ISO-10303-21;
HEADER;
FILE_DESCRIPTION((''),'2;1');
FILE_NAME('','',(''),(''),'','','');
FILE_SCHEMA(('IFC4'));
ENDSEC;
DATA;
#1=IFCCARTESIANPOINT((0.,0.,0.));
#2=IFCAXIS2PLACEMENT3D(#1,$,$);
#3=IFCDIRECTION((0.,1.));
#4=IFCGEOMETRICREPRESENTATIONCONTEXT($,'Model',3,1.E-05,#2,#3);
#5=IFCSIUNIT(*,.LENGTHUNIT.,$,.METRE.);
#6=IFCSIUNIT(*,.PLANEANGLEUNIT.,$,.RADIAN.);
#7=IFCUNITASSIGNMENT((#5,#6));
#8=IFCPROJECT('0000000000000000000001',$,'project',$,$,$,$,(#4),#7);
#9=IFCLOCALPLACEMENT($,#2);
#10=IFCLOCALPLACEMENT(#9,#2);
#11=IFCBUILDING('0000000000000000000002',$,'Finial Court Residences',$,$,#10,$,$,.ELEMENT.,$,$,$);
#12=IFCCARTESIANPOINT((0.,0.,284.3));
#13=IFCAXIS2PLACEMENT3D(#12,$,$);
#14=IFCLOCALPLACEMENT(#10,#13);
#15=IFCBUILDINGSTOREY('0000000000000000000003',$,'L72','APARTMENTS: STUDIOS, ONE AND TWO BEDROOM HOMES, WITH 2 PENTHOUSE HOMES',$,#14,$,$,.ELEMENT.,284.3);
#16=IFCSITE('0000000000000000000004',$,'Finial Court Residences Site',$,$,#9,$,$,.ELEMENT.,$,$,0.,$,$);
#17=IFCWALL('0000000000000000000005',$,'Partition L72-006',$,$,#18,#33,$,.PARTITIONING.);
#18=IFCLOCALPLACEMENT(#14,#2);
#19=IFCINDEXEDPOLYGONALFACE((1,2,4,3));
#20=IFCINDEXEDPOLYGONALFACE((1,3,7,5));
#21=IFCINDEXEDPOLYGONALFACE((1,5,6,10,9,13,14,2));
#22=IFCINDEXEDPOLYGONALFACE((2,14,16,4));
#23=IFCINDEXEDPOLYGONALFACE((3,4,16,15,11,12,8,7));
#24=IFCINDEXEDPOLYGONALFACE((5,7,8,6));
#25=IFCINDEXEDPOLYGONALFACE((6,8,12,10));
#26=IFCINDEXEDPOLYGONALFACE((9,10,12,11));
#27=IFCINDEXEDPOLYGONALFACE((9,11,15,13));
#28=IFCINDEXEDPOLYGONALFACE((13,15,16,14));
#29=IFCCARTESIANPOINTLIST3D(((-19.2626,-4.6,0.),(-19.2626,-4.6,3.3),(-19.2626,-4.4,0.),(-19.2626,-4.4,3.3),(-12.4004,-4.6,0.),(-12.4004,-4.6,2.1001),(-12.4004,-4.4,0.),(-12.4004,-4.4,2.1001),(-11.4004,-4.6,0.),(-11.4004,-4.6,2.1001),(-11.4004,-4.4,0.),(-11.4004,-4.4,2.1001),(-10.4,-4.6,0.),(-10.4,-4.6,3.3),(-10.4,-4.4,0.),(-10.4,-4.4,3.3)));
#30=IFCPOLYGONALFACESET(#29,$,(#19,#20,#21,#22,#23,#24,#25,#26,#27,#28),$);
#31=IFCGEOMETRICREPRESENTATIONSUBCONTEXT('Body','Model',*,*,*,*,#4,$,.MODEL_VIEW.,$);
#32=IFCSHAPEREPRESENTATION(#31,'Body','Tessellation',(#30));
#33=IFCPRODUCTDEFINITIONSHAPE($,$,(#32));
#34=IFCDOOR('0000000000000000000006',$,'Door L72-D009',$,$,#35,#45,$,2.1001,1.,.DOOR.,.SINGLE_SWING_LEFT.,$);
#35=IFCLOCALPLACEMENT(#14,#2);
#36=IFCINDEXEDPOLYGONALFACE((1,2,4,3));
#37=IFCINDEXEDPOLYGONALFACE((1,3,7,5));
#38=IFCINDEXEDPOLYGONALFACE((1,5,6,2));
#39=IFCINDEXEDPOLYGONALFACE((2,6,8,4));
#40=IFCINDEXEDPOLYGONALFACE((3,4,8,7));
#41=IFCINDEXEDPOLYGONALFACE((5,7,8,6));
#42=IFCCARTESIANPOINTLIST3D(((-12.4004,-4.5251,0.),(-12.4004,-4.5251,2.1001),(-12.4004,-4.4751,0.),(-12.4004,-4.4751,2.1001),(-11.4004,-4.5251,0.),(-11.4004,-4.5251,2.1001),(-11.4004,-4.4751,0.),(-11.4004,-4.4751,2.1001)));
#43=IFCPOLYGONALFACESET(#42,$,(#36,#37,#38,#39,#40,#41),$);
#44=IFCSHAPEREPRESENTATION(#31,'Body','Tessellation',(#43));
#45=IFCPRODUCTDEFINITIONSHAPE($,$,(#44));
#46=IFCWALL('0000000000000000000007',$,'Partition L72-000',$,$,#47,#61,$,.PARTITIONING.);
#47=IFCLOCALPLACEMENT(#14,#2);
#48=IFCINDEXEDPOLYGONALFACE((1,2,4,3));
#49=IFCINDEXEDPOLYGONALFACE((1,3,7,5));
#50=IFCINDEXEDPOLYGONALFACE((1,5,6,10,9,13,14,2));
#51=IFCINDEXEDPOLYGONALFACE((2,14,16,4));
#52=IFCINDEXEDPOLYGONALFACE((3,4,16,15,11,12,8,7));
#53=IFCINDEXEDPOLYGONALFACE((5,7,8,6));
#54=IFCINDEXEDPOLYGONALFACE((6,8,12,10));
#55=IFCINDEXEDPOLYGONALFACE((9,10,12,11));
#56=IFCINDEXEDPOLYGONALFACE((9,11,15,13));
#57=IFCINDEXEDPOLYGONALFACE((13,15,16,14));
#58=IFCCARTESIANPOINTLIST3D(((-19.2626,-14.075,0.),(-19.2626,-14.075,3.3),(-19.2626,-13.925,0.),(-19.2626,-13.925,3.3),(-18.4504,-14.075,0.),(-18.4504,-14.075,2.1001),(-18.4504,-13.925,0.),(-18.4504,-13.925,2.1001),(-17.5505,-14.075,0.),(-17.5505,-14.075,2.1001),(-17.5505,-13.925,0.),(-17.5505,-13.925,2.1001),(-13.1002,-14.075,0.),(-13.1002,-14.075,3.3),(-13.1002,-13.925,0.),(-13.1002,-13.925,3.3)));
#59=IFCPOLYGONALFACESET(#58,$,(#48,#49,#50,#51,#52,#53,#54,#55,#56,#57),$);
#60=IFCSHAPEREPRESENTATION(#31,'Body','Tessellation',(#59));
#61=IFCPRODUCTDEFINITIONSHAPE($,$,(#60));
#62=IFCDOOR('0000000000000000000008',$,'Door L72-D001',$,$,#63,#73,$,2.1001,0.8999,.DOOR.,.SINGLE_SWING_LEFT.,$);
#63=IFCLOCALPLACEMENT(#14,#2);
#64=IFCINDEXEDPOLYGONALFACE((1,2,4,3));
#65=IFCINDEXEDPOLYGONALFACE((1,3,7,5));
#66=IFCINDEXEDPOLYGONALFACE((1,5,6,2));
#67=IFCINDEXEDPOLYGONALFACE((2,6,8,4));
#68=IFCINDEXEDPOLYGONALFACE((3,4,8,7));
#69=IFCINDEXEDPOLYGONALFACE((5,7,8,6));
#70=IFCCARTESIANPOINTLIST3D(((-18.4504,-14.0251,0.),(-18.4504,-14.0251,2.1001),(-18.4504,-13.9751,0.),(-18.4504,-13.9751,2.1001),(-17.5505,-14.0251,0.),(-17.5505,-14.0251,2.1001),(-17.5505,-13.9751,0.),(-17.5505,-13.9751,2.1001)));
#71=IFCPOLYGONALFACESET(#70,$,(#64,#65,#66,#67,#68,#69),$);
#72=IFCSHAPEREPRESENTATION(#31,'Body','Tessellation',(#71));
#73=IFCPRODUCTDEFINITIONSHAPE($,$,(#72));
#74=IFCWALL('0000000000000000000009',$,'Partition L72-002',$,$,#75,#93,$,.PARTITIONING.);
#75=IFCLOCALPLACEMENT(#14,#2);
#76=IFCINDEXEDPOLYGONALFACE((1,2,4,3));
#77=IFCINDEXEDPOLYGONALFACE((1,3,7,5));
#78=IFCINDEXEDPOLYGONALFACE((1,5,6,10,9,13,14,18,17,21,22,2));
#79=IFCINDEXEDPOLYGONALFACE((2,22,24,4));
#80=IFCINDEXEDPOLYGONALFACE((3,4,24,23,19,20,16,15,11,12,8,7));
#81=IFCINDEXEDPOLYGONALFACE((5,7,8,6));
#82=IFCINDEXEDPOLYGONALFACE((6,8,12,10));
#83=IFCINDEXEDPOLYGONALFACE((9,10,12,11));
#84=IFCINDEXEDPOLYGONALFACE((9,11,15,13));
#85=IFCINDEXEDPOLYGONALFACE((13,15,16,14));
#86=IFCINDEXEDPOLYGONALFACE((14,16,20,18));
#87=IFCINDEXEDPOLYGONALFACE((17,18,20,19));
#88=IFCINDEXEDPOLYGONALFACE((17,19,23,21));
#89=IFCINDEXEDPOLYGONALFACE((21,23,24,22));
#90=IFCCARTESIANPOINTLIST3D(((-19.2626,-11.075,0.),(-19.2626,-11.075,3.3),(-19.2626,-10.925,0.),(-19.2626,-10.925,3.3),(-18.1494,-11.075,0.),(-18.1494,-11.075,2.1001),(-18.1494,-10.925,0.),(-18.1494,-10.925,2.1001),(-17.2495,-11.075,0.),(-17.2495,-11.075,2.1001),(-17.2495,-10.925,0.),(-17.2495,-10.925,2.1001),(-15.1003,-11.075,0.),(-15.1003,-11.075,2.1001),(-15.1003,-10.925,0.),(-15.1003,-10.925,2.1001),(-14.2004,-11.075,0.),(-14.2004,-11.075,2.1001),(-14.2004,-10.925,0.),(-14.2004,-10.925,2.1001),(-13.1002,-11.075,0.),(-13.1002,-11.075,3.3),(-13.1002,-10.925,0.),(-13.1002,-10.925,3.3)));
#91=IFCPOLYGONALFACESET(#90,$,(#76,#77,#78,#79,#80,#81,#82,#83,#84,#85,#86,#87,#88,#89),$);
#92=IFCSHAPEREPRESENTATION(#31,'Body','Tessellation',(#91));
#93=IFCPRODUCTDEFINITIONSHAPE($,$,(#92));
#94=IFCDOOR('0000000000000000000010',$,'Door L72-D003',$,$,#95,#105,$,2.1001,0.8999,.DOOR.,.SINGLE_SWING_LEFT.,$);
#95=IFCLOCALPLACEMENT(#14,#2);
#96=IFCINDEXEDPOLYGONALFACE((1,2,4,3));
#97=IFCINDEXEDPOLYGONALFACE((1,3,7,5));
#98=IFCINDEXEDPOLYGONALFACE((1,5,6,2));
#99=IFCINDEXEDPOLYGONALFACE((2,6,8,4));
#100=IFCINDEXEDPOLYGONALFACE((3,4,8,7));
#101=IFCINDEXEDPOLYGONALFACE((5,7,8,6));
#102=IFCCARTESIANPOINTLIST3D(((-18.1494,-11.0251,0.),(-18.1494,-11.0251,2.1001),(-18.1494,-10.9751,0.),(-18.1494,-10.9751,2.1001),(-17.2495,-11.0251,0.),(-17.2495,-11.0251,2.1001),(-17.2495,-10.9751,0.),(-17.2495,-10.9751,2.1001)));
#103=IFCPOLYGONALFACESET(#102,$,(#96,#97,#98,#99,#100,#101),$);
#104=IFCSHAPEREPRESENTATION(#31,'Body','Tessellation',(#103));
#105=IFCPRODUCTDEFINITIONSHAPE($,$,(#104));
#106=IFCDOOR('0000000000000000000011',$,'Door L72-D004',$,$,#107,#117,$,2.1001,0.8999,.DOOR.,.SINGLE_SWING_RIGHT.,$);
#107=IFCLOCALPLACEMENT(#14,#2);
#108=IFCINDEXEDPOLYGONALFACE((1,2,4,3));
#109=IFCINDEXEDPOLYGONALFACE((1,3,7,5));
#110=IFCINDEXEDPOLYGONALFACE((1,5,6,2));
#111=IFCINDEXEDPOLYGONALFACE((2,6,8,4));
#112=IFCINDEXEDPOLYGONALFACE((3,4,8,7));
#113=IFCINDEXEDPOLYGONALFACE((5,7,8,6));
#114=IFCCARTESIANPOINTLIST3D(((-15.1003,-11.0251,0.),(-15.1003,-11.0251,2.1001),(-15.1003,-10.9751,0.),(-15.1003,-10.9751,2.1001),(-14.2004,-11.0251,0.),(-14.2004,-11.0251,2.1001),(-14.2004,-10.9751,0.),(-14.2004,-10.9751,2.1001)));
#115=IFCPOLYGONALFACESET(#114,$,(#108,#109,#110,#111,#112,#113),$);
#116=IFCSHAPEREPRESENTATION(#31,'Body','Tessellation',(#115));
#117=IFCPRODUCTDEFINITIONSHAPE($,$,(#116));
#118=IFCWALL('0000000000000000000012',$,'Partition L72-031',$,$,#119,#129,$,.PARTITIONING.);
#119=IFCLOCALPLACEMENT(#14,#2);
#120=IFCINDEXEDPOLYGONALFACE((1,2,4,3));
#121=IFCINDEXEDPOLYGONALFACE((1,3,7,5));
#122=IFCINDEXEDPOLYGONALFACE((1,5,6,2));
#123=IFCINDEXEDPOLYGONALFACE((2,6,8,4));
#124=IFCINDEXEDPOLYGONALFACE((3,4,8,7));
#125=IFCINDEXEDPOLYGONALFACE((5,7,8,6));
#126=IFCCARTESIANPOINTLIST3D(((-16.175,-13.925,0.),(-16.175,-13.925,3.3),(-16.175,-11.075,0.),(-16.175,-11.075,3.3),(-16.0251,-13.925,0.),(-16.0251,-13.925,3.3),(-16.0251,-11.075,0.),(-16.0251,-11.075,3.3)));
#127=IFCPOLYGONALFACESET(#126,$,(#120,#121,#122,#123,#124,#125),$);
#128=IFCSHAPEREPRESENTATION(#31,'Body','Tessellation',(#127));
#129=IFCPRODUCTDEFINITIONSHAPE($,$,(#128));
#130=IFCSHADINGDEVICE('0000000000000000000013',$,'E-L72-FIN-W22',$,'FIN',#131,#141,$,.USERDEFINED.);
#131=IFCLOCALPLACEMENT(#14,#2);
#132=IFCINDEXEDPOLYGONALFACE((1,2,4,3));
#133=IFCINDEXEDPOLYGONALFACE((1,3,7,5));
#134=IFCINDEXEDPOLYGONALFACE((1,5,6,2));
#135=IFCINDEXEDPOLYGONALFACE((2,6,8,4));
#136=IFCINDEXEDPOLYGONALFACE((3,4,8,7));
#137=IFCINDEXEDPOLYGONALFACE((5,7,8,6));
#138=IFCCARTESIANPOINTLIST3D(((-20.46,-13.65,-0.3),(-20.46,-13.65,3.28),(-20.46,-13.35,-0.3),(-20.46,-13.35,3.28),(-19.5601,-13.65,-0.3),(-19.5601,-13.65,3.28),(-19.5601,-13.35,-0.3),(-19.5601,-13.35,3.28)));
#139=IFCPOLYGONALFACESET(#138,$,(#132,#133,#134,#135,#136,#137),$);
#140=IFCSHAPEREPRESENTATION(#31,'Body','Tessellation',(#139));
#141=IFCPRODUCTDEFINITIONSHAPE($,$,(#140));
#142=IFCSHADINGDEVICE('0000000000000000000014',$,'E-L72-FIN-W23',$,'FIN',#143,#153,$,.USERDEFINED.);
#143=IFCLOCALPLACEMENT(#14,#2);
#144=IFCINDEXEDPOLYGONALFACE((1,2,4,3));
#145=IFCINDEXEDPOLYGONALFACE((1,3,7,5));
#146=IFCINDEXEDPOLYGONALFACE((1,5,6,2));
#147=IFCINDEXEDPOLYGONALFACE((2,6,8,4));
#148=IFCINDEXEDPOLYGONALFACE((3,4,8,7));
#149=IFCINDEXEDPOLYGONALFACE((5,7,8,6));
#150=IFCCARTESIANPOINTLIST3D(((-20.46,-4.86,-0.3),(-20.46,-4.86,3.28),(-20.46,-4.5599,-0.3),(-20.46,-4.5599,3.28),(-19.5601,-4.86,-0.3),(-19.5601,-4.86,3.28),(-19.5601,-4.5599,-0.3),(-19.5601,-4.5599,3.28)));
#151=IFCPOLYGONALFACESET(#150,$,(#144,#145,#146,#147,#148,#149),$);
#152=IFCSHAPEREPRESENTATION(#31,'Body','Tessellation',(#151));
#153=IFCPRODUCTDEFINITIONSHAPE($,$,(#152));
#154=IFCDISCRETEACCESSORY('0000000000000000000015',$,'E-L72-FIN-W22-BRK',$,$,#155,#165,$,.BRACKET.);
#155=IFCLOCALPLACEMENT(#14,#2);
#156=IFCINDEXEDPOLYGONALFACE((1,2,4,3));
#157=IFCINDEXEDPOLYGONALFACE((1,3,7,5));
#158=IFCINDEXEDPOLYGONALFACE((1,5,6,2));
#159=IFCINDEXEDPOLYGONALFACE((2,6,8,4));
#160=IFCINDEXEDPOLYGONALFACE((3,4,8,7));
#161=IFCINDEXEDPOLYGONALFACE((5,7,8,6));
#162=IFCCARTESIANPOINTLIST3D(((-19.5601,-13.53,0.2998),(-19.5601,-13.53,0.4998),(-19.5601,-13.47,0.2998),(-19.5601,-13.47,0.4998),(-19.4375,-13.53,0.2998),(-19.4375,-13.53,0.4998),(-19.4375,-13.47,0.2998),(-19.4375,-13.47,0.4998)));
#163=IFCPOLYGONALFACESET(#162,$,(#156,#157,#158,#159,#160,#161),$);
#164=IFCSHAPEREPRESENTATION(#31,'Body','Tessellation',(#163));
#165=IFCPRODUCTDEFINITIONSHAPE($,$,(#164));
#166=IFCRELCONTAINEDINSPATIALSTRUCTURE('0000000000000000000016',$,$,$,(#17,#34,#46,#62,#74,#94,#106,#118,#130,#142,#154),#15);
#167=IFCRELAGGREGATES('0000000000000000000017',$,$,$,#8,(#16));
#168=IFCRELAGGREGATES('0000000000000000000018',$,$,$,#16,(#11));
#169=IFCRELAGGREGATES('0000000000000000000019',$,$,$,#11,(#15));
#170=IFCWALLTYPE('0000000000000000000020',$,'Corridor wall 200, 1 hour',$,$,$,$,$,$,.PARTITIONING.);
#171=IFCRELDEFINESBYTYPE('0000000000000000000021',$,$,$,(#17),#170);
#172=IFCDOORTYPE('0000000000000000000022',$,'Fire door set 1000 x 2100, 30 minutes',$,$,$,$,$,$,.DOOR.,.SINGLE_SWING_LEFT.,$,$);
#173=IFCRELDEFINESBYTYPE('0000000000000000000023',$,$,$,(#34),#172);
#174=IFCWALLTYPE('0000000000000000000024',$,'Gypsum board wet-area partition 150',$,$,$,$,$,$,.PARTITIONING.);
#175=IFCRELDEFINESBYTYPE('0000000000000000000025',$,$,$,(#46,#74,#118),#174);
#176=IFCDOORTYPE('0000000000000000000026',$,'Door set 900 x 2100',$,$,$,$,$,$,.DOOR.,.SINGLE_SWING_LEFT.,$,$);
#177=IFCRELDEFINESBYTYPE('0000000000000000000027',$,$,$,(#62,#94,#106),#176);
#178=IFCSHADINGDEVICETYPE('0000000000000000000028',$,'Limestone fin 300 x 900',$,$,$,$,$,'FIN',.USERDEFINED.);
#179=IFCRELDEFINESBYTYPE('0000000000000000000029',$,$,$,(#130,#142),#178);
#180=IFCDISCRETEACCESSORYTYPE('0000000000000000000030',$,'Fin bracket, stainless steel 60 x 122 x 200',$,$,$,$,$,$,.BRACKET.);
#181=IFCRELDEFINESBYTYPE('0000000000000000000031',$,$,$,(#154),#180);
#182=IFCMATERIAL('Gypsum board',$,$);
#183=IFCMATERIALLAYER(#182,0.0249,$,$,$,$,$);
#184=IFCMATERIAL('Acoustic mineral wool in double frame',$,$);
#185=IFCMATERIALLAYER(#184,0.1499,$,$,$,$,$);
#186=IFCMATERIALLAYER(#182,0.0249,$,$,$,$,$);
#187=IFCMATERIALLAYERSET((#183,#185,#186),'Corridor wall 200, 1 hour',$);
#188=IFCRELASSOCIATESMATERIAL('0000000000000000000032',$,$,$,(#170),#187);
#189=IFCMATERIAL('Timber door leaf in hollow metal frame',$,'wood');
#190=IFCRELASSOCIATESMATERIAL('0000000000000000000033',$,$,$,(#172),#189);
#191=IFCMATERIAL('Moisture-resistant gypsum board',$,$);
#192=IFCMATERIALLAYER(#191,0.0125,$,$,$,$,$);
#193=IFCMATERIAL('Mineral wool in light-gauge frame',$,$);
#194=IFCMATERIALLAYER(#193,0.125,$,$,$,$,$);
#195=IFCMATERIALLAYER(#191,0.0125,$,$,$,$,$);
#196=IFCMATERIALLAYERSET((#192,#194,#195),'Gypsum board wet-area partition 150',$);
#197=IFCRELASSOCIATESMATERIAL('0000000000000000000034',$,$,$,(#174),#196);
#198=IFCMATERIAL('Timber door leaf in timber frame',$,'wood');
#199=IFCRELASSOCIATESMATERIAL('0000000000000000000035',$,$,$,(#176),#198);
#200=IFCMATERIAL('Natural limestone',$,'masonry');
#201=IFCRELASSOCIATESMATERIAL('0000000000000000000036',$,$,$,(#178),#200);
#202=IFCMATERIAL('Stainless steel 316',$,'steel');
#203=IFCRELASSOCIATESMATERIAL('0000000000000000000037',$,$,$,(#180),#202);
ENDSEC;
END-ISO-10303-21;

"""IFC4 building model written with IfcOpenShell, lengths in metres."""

from ifc_helpers import new_model, si_unit, direction, frame, frame_2d, origin, origin_2d, place, context, subcontext, project, spatial, rectangle, extrude, material, layer, layer_set, type_object, element, fill, save


model = new_model("IFC4")

# Units and contexts
model_context = context("Model", 3, precision=1e-05, world=origin(), true_north=direction((0.0, 1.0)))
body_context = subcontext(model_context, "Body", "Model", "MODEL_VIEW")
ifc_project = project(units=[si_unit("LENGTHUNIT", "METRE"), si_unit("PLANEANGLEUNIT", "RADIAN")], contexts=[model_context])

# Site, building, storey
site_placement = place(None, origin())
site = spatial("IfcSite", under=ifc_project, at=site_placement, Name="Finial Court Residences Site", CompositionType="ELEMENT", RefElevation=0.0)
building_placement = place(site_placement, origin())
building = spatial("IfcBuilding", under=site, at=building_placement, Name="Finial Court Residences", CompositionType="ELEMENT")
storey_placement = place(building_placement, frame((0.0, 0.0, 284.3)))
storey = spatial("IfcBuildingStorey", under=building, at=storey_placement, Name="L72", Description="APARTMENTS: STUDIOS, ONE AND TWO BEDROOM HOMES, WITH 2 PENTHOUSE HOMES", CompositionType="ELEMENT", Elevation=284.3)

# Walls, openings, doors
ifc_material_1 = material(Name="Gypsum board")
ifc_layer_1 = layer(ifc_material_1, 0.0249)
ifc_material_2 = material(Name="Acoustic mineral wool in double frame")
ifc_layer_2 = layer(ifc_material_2, 0.1499)
ifc_layer_3 = layer(ifc_material_1, 0.0249)
ifc_layer_set_1 = layer_set([ifc_layer_1, ifc_layer_2, ifc_layer_3], Name="Corridor wall 200, 1 hour")
wall_type_1 = type_object("IfcWallType", Name="Corridor wall 200, 1 hour", PredefinedType="PARTITIONING", material=ifc_layer_set_1)
ifc_material_3 = material(Name="Timber door leaf in hollow metal frame", Category="wood")
door_type_1 = type_object("IfcDoorType", Name="Fire door set 1000 x 2100, 30 minutes", OperationType="SINGLE_SWING_LEFT", PredefinedType="DOOR", material=ifc_material_3)
wall_1_placement = place(storey_placement, frame((-19.2625, -4.5, 0.0), z_axis=(0.0, 0.0, 1.0), x_axis=(1.0, 0.0, 0.0)))
wall_1 = element("IfcWall", 1, at=wall_1_placement, inside=storey, type_object=wall_type_1, Name="Partition L72-006", PredefinedType="PARTITIONING", context=body_context, shape_type="SweptSolid", body=[
    extrude(rectangle(XDim=8.8625, YDim=0.2, at=frame_2d((4.4312, 0.0))), origin(), (0.0, 0.0, 1.0), 3.3),
])
opening_1_placement = place(wall_1_placement, frame((6.8621, 0.0, 0.0)))
opening_1 = element("IfcOpeningElement", 2, at=opening_1_placement, cuts=wall_1, PredefinedType="OPENING", context=body_context, shape_type="SweptSolid", body=[
    extrude(rectangle(XDim=1.0, YDim=2.1001, at=frame_2d((0.5, 1.05))), frame((0.0, 0.1099, 0.0), z_axis=(0.0, -1.0, 0.0), x_axis=(1.0, 0.0, 0.0)), (0.0, 0.0, 1.0), 0.22),
])
door_1_placement = place(opening_1_placement, origin())
door_1 = element("IfcDoor", 3, at=door_1_placement, inside=storey, type_object=door_type_1, Name="Door L72-D009", OperationType="SINGLE_SWING_LEFT", OverallHeight=2.1001, OverallWidth=1.0, PredefinedType="DOOR", context=body_context, shape_type="SweptSolid", body=[
    extrude(rectangle(XDim=1.0, YDim=2.1001, at=frame_2d((0.5, 1.05))), frame((0.0, 0.0249, 0.0), z_axis=(0.0, -1.0, 0.0), x_axis=(1.0, 0.0, 0.0)), (0.0, 0.0, 1.0), 0.05),
])
fill(opening_1, door_1)
ifc_material_4 = material(Name="Moisture-resistant gypsum board")
ifc_layer_4 = layer(ifc_material_4, 0.0125)
ifc_material_5 = material(Name="Mineral wool in light-gauge frame")
ifc_layer_5 = layer(ifc_material_5, 0.125)
ifc_layer_6 = layer(ifc_material_4, 0.0125)
ifc_layer_set_2 = layer_set([ifc_layer_4, ifc_layer_5, ifc_layer_6], Name="Gypsum board wet-area partition 150")
wall_type_2 = type_object("IfcWallType", Name="Gypsum board wet-area partition 150", PredefinedType="PARTITIONING", material=ifc_layer_set_2)
wall_2_placement = place(storey_placement, frame((-19.2625, -14.0, 0.0), z_axis=(0.0, 0.0, 1.0), x_axis=(1.0, 0.0, 0.0)))
wall_2 = element("IfcWall", 4, at=wall_2_placement, inside=storey, type_object=wall_type_2, Name="Partition L72-000", PredefinedType="PARTITIONING", context=body_context, shape_type="SweptSolid", body=[
    extrude(rectangle(XDim=6.1624, YDim=0.1499, at=frame_2d((3.0811, 0.0))), origin(), (0.0, 0.0, 1.0), 3.3),
])
opening_2_placement = place(wall_2_placement, frame((0.812, 0.0, 0.0)))
opening_2 = element("IfcOpeningElement", 5, at=opening_2_placement, cuts=wall_2, PredefinedType="OPENING", context=body_context, shape_type="SweptSolid", body=[
    extrude(rectangle(XDim=0.8999, YDim=2.1001, at=frame_2d((0.45, 1.05))), frame((0.0, 0.085, 0.0), z_axis=(0.0, -1.0, 0.0), x_axis=(1.0, 0.0, 0.0)), (0.0, 0.0, 1.0), 0.1699),
])
ifc_material_6 = material(Name="Timber door leaf in timber frame", Category="wood")
door_type_2 = type_object("IfcDoorType", Name="Door set 900 x 2100", OperationType="SINGLE_SWING_LEFT", PredefinedType="DOOR", material=ifc_material_6)
door_2_placement = place(opening_2_placement, origin())
door_2 = element("IfcDoor", 6, at=door_2_placement, inside=storey, type_object=door_type_2, Name="Door L72-D001", OperationType="SINGLE_SWING_LEFT", OverallHeight=2.1001, OverallWidth=0.8999, PredefinedType="DOOR", context=body_context, shape_type="SweptSolid", body=[
    extrude(rectangle(XDim=0.8999, YDim=2.1001, at=frame_2d((0.45, 1.05))), frame((0.0, 0.0249, 0.0), z_axis=(0.0, -1.0, 0.0), x_axis=(1.0, 0.0, 0.0)), (0.0, 0.0, 1.0), 0.05),
])
fill(opening_2, door_2)

# Wall, openings, doors
wall_3_placement = place(storey_placement, frame((-19.2625, -11.0, 0.0), z_axis=(0.0, 0.0, 1.0), x_axis=(1.0, 0.0, 0.0)))
wall_3 = element("IfcWall", 7, at=wall_3_placement, inside=storey, type_object=wall_type_2, Name="Partition L72-002", PredefinedType="PARTITIONING", context=body_context, shape_type="SweptSolid", body=[
    extrude(rectangle(XDim=6.1624, YDim=0.1499, at=frame_2d((3.0811, 0.0))), origin(), (0.0, 0.0, 1.0), 3.3),
])
opening_3_placement = place(wall_3_placement, frame((1.113, 0.0, 0.0)))
opening_3 = element("IfcOpeningElement", 8, at=opening_3_placement, cuts=wall_3, PredefinedType="OPENING", context=body_context, shape_type="SweptSolid", body=[
    extrude(rectangle(XDim=0.8999, YDim=2.1001, at=frame_2d((0.45, 1.05))), frame((0.0, 0.085, 0.0), z_axis=(0.0, -1.0, 0.0), x_axis=(1.0, 0.0, 0.0)), (0.0, 0.0, 1.0), 0.1699),
])
opening_4_placement = place(wall_3_placement, frame((4.1621, 0.0, 0.0)))
opening_4 = element("IfcOpeningElement", 9, at=opening_4_placement, cuts=wall_3, PredefinedType="OPENING", context=body_context, shape_type="SweptSolid", body=[
    extrude(rectangle(XDim=0.8999, YDim=2.1001, at=frame_2d((0.45, 1.05))), frame((0.0, 0.085, 0.0), z_axis=(0.0, -1.0, 0.0), x_axis=(1.0, 0.0, 0.0)), (0.0, 0.0, 1.0), 0.1699),
])
door_3_placement = place(opening_3_placement, origin())
door_3 = element("IfcDoor", 10, at=door_3_placement, inside=storey, type_object=door_type_2, Name="Door L72-D003", OperationType="SINGLE_SWING_LEFT", OverallHeight=2.1001, OverallWidth=0.8999, PredefinedType="DOOR", context=body_context, shape_type="SweptSolid", body=[
    extrude(rectangle(XDim=0.8999, YDim=2.1001, at=frame_2d((0.45, 1.05))), frame((0.0, 0.0249, 0.0), z_axis=(0.0, -1.0, 0.0), x_axis=(1.0, 0.0, 0.0)), (0.0, 0.0, 1.0), 0.05),
])
fill(opening_3, door_3)
door_4_placement = place(opening_4_placement, origin())
door_4 = element("IfcDoor", 11, at=door_4_placement, inside=storey, type_object=door_type_2, Name="Door L72-D004", OperationType="SINGLE_SWING_RIGHT", OverallHeight=2.1001, OverallWidth=0.8999, PredefinedType="DOOR", context=body_context, shape_type="SweptSolid", body=[
    extrude(rectangle(XDim=0.8999, YDim=2.1001, at=frame_2d((0.45, 1.05))), frame((0.0, 0.0249, 0.0), z_axis=(0.0, -1.0, 0.0), x_axis=(1.0, 0.0, 0.0)), (0.0, 0.0, 1.0), 0.05),
])
fill(opening_4, door_4)

# Wall
wall_4_placement = place(storey_placement, frame((-16.1001, -13.925, 0.0), z_axis=(0.0, 0.0, 1.0), x_axis=(0.0, 1.0, 0.0)))
element("IfcWall", 12, at=wall_4_placement, inside=storey, type_object=wall_type_2, Name="Partition L72-031", PredefinedType="PARTITIONING", context=body_context, shape_type="SweptSolid", body=[
    extrude(rectangle(XDim=2.8501, YDim=0.1499, at=frame_2d((1.425, 0.0))), origin(), (0.0, 0.0, 1.0), 3.3),
])

# Shading devices
ifc_material_7 = material(Name="Natural limestone", Category="masonry")
shading_device_type = type_object("IfcShadingDeviceType", Name="Limestone fin 300 x 900", ElementType="FIN", PredefinedType="USERDEFINED", material=ifc_material_7)
for number, where, z_axis, x_axis, name in (
    (13, (-20.01, -13.5, -0.3), (0.0, 0.0, 1.0), (1.0, 0.0, 0.0), "E-L72-FIN-W22"),
    (14, (-20.01, -4.71, -0.3), (0.0, 0.0, 1.0), (1.0, 0.0, 0.0), "E-L72-FIN-W23"),
):
    element("IfcShadingDevice", number, at=place(storey_placement, frame(where, z_axis=z_axis, x_axis=x_axis)), inside=storey, type_object=shading_device_type, Name=name, ObjectType="FIN", PredefinedType="USERDEFINED", context=body_context, shape_type="SweptSolid", body=[
        extrude(rectangle(XDim=0.8999, YDim=0.3, at=origin_2d()), origin(), (0.0, 0.0, 1.0), 3.5801),
    ])

# Discrete accessory
ifc_material_8 = material(Name="Stainless steel 316", Category="steel")
discrete_accessory_type = type_object("IfcDiscreteAccessoryType", Name="Fin bracket, stainless steel 60 x 122 x 200", PredefinedType="BRACKET", material=ifc_material_8)
discrete_accessory_placement = place(storey_placement, frame((-19.4988, -13.5, 0.2998), z_axis=(0.0, 0.0, 1.0), x_axis=(1.0, 0.0, 0.0)))
element("IfcDiscreteAccessory", 15, at=discrete_accessory_placement, inside=storey, type_object=discrete_accessory_type, Name="E-L72-FIN-W22-BRK", PredefinedType="BRACKET", context=body_context, shape_type="SweptSolid", body=[
    extrude(rectangle(XDim=0.1226, YDim=0.0601, at=origin_2d()), origin(), (0.0, 0.0, 1.0), 0.2),
])

save(model, "model.ifc")
